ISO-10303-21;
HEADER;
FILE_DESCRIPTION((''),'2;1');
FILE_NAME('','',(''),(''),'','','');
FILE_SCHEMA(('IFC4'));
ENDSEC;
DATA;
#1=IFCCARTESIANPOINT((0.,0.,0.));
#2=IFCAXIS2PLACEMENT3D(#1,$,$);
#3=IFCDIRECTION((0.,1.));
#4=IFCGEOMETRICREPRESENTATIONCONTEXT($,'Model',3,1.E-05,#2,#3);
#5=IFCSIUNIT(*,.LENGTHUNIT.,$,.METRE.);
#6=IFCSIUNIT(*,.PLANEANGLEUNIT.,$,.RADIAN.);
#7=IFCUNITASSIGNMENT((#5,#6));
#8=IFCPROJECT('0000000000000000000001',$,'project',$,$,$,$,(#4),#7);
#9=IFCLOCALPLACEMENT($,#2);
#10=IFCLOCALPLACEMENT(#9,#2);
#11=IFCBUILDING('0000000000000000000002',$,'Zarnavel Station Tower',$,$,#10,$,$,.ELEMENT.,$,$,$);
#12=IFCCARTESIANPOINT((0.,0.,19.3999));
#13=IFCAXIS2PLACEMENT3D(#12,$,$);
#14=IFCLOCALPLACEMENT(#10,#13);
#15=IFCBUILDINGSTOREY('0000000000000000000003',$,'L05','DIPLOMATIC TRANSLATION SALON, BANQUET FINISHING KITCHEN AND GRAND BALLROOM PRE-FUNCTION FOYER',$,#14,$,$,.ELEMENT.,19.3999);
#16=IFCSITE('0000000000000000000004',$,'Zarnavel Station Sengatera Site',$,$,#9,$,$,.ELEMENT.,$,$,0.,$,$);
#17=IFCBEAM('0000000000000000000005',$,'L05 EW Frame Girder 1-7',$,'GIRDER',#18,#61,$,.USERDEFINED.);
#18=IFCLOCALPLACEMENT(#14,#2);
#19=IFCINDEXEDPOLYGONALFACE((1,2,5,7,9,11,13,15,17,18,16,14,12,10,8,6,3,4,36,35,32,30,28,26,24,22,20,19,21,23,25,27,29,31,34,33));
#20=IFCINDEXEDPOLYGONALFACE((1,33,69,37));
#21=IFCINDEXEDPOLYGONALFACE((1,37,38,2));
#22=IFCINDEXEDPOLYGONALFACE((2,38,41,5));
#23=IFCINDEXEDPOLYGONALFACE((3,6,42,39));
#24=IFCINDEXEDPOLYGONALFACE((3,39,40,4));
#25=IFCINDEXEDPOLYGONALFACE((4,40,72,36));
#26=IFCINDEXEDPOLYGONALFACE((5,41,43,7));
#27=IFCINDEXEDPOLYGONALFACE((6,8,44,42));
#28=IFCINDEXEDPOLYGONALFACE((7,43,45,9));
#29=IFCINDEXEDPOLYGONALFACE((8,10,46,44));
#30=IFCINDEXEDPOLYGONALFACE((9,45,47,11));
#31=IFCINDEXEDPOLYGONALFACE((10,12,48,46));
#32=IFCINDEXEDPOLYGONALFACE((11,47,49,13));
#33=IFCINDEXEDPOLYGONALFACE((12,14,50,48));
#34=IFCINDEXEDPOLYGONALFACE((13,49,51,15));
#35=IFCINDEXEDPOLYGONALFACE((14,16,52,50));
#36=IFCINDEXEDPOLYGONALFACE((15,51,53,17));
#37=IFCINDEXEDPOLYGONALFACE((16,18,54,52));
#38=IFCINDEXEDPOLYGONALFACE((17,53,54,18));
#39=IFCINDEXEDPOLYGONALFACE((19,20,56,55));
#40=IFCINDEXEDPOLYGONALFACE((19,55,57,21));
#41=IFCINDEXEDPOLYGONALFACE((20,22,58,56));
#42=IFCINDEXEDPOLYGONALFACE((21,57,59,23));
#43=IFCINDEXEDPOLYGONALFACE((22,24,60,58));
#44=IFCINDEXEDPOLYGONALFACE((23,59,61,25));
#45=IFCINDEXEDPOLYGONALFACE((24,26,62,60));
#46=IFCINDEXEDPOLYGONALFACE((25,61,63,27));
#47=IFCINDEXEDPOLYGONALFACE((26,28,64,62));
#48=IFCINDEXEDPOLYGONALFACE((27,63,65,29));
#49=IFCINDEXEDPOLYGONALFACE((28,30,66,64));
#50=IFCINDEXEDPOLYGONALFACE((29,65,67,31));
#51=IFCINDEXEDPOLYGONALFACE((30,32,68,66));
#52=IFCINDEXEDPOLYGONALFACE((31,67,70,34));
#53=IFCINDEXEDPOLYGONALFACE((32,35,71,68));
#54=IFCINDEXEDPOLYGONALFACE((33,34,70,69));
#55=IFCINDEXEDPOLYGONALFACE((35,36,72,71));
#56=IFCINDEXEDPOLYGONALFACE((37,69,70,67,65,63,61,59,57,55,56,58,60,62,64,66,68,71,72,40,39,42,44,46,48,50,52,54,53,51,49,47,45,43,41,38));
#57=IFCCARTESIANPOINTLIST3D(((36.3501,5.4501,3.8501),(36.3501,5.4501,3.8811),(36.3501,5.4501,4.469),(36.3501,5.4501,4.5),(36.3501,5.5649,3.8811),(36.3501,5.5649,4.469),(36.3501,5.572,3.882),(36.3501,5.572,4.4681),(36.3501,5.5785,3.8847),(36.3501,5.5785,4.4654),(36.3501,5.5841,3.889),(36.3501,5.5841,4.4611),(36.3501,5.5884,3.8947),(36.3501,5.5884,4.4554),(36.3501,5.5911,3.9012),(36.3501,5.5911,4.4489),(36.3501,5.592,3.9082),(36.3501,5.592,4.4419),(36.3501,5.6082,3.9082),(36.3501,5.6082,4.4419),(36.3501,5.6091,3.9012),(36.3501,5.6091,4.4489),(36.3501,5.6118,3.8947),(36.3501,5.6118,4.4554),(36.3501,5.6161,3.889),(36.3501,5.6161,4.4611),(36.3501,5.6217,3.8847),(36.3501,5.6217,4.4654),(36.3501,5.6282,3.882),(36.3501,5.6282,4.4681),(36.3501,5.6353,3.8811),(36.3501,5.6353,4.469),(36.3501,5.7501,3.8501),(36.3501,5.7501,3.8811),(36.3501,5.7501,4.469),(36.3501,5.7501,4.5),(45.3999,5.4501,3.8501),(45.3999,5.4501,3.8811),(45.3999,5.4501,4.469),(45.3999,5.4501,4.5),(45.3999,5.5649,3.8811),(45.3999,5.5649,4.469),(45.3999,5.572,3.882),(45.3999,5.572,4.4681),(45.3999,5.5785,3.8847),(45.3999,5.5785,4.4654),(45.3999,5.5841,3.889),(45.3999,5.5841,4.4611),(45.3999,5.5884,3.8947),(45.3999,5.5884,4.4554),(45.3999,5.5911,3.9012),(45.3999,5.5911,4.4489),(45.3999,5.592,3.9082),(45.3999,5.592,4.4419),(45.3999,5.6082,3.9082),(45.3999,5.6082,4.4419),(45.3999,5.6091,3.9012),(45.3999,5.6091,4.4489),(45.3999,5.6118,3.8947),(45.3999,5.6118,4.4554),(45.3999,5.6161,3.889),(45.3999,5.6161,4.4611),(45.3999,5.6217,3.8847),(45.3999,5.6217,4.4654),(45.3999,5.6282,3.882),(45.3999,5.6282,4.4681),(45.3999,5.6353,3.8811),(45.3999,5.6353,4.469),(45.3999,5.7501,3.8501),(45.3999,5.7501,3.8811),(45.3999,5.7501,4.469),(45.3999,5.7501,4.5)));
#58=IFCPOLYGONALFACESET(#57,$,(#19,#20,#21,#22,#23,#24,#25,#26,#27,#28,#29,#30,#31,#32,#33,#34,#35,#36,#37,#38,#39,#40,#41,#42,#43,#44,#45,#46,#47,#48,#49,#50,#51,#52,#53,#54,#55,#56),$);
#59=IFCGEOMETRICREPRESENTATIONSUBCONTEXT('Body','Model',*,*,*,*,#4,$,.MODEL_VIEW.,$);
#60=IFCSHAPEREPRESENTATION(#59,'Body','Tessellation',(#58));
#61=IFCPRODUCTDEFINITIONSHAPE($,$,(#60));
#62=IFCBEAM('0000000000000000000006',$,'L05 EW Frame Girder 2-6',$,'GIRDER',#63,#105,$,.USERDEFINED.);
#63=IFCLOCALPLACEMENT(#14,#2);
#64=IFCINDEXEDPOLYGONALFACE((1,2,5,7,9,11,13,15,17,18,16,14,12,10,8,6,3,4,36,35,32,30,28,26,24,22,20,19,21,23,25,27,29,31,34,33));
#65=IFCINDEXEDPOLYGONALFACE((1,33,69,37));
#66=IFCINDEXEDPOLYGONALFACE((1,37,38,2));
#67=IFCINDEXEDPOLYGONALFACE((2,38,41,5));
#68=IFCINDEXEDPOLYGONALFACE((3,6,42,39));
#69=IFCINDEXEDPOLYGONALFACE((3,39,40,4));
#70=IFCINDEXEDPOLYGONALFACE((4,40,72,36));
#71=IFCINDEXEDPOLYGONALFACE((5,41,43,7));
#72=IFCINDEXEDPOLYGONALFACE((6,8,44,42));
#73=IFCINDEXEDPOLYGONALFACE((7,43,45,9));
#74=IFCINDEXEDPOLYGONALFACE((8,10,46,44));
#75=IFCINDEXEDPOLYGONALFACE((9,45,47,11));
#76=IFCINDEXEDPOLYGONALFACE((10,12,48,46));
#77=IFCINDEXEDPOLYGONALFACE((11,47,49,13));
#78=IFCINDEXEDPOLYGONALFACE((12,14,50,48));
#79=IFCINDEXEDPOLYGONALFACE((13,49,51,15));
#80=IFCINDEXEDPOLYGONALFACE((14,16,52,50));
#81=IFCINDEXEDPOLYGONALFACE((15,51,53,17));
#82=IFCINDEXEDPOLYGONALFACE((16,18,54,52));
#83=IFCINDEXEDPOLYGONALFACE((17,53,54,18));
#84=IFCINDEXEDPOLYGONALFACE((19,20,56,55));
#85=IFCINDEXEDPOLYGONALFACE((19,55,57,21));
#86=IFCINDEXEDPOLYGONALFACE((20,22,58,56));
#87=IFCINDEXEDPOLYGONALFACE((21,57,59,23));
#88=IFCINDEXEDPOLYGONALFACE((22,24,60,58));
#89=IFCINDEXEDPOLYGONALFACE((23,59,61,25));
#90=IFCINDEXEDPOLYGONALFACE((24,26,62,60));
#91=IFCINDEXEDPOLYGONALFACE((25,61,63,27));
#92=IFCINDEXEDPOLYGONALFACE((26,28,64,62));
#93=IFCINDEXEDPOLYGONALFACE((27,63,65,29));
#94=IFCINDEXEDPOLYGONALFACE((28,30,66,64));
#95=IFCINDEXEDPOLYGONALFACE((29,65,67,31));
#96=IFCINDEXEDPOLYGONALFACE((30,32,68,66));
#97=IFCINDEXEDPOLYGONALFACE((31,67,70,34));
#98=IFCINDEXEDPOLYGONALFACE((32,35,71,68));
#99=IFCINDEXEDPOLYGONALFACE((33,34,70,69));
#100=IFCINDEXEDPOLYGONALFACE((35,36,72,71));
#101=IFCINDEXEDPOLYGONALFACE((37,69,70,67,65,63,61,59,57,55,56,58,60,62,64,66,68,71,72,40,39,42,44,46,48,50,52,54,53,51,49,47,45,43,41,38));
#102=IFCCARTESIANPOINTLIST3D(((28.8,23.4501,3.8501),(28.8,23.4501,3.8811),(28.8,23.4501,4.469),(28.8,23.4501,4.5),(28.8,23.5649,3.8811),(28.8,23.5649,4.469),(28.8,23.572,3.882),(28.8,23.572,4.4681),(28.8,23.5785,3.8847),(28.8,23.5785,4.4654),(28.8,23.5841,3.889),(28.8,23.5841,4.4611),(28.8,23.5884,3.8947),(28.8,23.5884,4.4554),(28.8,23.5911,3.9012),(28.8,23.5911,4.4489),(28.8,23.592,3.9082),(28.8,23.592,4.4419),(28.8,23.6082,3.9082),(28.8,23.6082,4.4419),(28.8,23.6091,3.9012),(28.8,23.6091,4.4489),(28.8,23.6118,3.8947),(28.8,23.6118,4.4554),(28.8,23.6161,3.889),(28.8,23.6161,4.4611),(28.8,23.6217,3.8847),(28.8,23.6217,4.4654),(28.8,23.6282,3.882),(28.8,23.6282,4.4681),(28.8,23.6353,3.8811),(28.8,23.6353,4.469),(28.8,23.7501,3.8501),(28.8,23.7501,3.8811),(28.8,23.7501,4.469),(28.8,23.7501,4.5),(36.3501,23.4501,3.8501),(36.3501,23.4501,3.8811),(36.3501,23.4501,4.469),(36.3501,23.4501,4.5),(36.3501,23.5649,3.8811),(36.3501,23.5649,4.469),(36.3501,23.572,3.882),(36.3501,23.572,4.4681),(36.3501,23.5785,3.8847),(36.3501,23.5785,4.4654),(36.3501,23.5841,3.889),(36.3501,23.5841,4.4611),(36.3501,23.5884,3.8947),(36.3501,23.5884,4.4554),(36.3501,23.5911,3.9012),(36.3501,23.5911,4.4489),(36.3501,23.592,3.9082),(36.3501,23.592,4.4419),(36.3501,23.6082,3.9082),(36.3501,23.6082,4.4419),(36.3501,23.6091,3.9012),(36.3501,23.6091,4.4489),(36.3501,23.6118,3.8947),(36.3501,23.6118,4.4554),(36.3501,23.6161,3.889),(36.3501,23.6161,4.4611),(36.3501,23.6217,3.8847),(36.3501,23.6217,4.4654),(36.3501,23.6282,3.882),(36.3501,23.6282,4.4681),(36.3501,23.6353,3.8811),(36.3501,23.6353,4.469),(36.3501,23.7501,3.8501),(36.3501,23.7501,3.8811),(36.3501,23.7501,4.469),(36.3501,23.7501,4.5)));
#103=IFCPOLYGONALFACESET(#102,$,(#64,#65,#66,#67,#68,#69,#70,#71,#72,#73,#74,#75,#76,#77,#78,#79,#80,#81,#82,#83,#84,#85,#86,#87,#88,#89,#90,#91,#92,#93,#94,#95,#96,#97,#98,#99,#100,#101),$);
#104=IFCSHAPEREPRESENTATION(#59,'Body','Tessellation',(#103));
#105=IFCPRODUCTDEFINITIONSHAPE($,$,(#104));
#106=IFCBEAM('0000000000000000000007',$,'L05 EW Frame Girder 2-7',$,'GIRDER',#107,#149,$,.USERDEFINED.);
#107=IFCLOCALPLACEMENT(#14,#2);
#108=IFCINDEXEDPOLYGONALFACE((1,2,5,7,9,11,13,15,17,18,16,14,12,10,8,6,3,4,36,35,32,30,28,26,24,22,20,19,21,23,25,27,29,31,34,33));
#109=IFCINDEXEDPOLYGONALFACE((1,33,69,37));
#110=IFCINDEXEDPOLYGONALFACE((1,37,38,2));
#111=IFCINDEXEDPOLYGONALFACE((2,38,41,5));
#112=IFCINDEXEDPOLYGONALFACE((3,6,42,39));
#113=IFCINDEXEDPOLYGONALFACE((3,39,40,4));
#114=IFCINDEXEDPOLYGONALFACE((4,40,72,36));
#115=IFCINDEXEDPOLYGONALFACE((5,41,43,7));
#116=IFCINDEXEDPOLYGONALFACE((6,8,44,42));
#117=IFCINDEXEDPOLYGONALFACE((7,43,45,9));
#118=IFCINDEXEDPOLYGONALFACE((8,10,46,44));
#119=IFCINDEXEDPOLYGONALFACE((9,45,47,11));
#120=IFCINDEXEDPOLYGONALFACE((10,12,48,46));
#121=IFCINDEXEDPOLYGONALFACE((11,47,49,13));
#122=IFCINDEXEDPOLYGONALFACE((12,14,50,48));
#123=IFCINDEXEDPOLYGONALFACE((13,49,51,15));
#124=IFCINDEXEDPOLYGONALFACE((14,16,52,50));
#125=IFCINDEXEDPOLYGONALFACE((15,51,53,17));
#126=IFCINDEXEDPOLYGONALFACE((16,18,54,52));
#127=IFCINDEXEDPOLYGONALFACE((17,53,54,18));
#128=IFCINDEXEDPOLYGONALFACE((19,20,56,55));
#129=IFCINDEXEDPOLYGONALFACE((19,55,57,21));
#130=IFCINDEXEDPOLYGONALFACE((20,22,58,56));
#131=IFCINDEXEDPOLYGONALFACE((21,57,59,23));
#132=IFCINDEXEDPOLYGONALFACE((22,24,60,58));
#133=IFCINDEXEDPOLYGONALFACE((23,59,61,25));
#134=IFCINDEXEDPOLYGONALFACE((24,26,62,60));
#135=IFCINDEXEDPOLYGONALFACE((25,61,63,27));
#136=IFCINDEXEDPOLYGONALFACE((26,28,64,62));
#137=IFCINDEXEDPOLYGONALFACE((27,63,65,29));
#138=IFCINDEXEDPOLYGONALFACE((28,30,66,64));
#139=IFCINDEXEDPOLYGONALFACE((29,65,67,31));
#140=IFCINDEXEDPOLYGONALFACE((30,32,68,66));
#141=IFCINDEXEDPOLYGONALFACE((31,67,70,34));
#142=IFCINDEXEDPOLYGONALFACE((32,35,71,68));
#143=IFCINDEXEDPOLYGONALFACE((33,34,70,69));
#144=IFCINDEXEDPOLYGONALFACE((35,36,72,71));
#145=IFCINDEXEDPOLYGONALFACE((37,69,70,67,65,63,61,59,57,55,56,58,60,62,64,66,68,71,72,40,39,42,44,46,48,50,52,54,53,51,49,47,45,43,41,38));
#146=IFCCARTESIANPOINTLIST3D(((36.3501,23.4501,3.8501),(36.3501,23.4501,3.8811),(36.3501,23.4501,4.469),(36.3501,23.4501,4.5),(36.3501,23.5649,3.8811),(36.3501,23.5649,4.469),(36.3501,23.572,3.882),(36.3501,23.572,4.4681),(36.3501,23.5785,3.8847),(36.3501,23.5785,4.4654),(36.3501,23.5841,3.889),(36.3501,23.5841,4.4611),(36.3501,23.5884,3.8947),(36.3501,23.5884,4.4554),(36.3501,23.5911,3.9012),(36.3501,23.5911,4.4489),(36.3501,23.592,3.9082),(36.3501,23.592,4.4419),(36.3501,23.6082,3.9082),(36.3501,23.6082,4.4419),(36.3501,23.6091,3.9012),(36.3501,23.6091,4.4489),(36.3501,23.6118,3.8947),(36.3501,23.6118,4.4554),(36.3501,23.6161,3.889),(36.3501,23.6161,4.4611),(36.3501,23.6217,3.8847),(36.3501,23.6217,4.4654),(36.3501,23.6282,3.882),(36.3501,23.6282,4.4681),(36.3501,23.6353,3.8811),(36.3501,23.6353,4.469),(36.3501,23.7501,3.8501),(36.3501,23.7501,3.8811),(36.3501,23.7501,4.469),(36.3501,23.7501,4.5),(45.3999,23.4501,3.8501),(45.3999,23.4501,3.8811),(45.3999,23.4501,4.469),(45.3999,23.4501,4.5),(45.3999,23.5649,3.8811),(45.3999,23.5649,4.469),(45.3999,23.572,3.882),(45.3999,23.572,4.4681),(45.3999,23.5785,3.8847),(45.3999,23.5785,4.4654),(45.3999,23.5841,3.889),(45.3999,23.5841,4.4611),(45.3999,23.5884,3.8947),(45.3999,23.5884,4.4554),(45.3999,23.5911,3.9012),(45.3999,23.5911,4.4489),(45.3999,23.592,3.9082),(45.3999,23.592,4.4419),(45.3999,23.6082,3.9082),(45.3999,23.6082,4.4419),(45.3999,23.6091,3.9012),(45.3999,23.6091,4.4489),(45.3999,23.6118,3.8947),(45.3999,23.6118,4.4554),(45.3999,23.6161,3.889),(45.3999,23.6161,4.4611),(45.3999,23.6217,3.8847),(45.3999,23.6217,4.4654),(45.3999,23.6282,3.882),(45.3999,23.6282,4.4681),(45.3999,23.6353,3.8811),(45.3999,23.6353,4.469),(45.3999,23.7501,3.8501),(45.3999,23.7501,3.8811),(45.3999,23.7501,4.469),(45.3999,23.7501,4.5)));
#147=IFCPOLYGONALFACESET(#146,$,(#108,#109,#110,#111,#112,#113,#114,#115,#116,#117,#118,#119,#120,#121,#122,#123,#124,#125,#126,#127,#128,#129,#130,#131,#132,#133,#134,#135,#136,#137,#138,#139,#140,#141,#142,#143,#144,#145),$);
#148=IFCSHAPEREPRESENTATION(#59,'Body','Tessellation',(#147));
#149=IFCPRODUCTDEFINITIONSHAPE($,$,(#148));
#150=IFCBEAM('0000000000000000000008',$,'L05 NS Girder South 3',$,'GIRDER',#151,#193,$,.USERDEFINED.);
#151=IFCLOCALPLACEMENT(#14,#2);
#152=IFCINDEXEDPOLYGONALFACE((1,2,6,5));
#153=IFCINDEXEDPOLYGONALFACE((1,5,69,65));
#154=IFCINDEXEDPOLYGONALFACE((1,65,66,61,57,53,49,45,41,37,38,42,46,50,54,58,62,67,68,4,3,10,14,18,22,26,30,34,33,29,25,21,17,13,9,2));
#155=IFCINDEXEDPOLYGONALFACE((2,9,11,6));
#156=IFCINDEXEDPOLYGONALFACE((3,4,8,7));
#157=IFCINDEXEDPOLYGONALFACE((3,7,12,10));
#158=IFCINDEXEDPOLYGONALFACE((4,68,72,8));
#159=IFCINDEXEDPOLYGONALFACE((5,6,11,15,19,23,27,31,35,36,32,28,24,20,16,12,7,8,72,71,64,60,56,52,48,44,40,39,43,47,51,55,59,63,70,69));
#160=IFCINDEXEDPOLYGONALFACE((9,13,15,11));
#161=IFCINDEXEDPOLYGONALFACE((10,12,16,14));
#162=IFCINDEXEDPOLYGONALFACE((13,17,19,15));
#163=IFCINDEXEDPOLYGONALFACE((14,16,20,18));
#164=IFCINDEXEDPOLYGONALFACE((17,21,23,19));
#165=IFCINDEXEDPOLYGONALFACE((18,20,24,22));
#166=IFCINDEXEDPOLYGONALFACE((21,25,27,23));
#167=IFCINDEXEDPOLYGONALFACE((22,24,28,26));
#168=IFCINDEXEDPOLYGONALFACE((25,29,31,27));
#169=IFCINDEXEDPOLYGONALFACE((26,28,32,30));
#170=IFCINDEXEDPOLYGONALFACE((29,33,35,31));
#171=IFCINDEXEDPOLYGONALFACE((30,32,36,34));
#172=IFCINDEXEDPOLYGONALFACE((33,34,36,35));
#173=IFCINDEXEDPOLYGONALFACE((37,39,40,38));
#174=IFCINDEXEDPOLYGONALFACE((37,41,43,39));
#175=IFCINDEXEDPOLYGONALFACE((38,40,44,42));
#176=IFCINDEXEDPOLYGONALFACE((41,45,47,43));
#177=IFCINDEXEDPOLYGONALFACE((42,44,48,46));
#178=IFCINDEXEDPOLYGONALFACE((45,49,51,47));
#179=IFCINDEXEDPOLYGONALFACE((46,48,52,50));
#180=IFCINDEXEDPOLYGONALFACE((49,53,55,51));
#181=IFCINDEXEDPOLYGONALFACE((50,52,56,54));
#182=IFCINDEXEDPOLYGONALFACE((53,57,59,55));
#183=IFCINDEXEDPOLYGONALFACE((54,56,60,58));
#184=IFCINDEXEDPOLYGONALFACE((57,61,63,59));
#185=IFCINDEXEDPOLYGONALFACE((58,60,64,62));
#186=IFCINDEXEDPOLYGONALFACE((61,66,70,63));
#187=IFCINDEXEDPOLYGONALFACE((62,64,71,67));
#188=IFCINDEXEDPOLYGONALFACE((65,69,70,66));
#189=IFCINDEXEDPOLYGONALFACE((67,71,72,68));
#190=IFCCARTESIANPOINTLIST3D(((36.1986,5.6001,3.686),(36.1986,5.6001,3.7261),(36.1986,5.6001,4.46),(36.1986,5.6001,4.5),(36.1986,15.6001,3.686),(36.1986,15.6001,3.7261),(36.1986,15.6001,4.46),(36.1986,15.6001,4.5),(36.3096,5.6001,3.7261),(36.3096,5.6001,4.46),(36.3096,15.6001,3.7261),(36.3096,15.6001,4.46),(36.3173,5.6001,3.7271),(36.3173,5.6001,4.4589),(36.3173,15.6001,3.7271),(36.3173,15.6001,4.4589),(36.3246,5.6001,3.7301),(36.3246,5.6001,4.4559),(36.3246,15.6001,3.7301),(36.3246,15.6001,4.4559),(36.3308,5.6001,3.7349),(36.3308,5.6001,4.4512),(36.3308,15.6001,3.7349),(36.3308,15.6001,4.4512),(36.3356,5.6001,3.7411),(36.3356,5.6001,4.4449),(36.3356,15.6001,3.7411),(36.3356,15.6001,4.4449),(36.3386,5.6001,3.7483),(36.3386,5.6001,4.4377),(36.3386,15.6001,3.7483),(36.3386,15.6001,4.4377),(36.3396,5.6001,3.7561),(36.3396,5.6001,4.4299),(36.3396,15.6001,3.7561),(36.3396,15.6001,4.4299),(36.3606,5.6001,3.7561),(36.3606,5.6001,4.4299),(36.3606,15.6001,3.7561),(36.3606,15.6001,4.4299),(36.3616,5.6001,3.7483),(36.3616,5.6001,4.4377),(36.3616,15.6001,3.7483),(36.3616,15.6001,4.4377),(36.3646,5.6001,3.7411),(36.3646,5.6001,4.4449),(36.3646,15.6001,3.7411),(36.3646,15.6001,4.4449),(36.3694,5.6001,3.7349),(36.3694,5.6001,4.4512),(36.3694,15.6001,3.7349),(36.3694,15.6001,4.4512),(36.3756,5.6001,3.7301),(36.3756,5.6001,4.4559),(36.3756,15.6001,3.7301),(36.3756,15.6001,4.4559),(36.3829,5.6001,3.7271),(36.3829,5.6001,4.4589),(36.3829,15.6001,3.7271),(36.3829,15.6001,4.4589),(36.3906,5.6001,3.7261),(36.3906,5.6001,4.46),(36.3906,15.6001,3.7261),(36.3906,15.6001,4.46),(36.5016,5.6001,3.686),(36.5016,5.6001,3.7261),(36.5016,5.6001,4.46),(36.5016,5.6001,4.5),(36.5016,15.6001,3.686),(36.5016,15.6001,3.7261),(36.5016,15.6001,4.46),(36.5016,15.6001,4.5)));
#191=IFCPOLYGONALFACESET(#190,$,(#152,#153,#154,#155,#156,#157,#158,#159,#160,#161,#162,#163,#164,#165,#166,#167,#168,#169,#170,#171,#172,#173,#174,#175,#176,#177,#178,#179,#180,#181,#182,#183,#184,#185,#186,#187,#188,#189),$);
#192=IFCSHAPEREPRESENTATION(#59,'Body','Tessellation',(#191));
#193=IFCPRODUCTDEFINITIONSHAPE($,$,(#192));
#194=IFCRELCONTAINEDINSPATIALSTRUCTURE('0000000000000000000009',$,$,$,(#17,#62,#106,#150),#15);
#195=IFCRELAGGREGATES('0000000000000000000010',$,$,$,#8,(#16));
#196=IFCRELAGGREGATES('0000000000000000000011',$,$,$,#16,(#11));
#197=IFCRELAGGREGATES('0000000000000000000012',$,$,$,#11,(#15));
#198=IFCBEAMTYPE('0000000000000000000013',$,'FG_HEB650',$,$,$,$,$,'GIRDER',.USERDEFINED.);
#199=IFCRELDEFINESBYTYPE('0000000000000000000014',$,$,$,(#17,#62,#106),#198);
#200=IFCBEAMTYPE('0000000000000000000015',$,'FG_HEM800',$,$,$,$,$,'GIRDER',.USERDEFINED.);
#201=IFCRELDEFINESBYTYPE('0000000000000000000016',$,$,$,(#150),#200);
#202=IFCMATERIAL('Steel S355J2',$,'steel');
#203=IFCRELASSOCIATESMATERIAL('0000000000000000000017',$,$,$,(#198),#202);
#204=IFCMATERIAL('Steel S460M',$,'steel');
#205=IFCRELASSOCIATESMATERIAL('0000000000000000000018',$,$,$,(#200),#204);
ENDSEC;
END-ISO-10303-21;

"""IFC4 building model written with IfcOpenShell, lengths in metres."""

from ifc_helpers import new_model, si_unit, direction, frame, origin, origin_2d, place, context, subcontext, project, spatial, i_section, extrude, material, material_profile, profile_set, type_object, element, save


model = new_model("IFC4")

# Units and contexts
model_context = context("Model", 3, precision=1e-05, world=origin(), true_north=direction((0.0, 1.0)))
body_context = subcontext(model_context, "Body", "Model", "MODEL_VIEW")
ifc_project = project(units=[si_unit("LENGTHUNIT", "METRE"), si_unit("PLANEANGLEUNIT", "RADIAN")], contexts=[model_context])

# Site, building, storey
site_placement = place(None, origin())
site = spatial("IfcSite", under=ifc_project, at=site_placement, Name="Zarnavel Station Sengatera Site", CompositionType="ELEMENT", RefElevation=0.0)
building_placement = place(site_placement, origin())
building = spatial("IfcBuilding", under=site, at=building_placement, Name="Zarnavel Station Tower", CompositionType="ELEMENT")
storey_placement = place(building_placement, frame((0.0, 0.0, 19.3999)))
storey = spatial("IfcBuildingStorey", under=building, at=storey_placement, Name="L05", Description="DIPLOMATIC TRANSLATION SALON, BANQUET FINISHING KITCHEN AND GRAND BALLROOM PRE-FUNCTION FOYER", CompositionType="ELEMENT", Elevation=19.3999)

# Beams
ifc_material_1 = material(Name="Steel S355J2", Category="steel")
ifc_material_profile_1 = material_profile(ifc_material_1, i_section(OverallWidth=0.3, OverallDepth=0.6499, WebThickness=0.0161, FlangeThickness=0.031, FilletRadius=0.0271, at=origin_2d()), Name="HEB650")
ifc_profile_set_1 = profile_set([ifc_material_profile_1], Name="Steel S355J2")
beam_type_1 = type_object("IfcBeamType", Name="FG_HEB650", ElementType="GIRDER", PredefinedType="USERDEFINED", material=ifc_profile_set_1)
beam_1_placement = place(storey_placement, frame((36.3501, 5.6001, 4.175), z_axis=(1.0, 0.0, 0.0), x_axis=(0.0, 1.0, 0.0)))
element("IfcBeam", 1, at=beam_1_placement, inside=storey, type_object=beam_type_1, Name="L05 EW Frame Girder 1-7", ObjectType="GIRDER", PredefinedType="USERDEFINED", context=body_context, shape_type="SweptSolid", body=[
    extrude(i_section(OverallWidth=0.3, OverallDepth=0.6499, WebThickness=0.0161, FlangeThickness=0.031, FilletRadius=0.0271, at=origin_2d()), origin(), (0.0, 0.0, 1.0), 9.0498),
])
beam_2_placement = place(storey_placement, frame((28.8, 23.6001, 4.175), z_axis=(1.0, 0.0, 0.0), x_axis=(0.0, 1.0, 0.0)))
element("IfcBeam", 2, at=beam_2_placement, inside=storey, type_object=beam_type_1, Name="L05 EW Frame Girder 2-6", ObjectType="GIRDER", PredefinedType="USERDEFINED", context=body_context, shape_type="SweptSolid", body=[
    extrude(i_section(OverallWidth=0.3, OverallDepth=0.6499, WebThickness=0.0161, FlangeThickness=0.031, FilletRadius=0.0271, at=origin_2d()), origin(), (0.0, 0.0, 1.0), 7.55),
])
beam_3_placement = place(storey_placement, frame((36.3501, 23.6001, 4.175), z_axis=(1.0, 0.0, 0.0), x_axis=(0.0, 1.0, 0.0)))
element("IfcBeam", 3, at=beam_3_placement, inside=storey, type_object=beam_type_1, Name="L05 EW Frame Girder 2-7", ObjectType="GIRDER", PredefinedType="USERDEFINED", context=body_context, shape_type="SweptSolid", body=[
    extrude(i_section(OverallWidth=0.3, OverallDepth=0.6499, WebThickness=0.0161, FlangeThickness=0.031, FilletRadius=0.0271, at=origin_2d()), origin(), (0.0, 0.0, 1.0), 9.0498),
])
ifc_material_2 = material(Name="Steel S460M", Category="steel")
ifc_material_profile_2 = material_profile(ifc_material_2, i_section(OverallWidth=0.303, OverallDepth=0.814, WebThickness=0.021, FlangeThickness=0.04, FilletRadius=0.03, at=origin_2d()), Name="HEM800")
ifc_profile_set_2 = profile_set([ifc_material_profile_2], Name="Steel S460M")
beam_type_2 = type_object("IfcBeamType", Name="FG_HEM800", ElementType="GIRDER", PredefinedType="USERDEFINED", material=ifc_profile_set_2)
beam_4_placement = place(storey_placement, frame((36.3501, 5.6001, 4.093), z_axis=(0.0, 1.0, 0.0), x_axis=(-1.0, 0.0, 0.0)))
element("IfcBeam", 4, at=beam_4_placement, inside=storey, type_object=beam_type_2, Name="L05 NS Girder South 3", ObjectType="GIRDER", PredefinedType="USERDEFINED", context=body_context, shape_type="SweptSolid", body=[
    extrude(i_section(OverallWidth=0.303, OverallDepth=0.814, WebThickness=0.021, FlangeThickness=0.04, FilletRadius=0.03, at=origin_2d()), origin(), (0.0, 0.0, 1.0), 10.0),
])

save(model, "model.ifc")
